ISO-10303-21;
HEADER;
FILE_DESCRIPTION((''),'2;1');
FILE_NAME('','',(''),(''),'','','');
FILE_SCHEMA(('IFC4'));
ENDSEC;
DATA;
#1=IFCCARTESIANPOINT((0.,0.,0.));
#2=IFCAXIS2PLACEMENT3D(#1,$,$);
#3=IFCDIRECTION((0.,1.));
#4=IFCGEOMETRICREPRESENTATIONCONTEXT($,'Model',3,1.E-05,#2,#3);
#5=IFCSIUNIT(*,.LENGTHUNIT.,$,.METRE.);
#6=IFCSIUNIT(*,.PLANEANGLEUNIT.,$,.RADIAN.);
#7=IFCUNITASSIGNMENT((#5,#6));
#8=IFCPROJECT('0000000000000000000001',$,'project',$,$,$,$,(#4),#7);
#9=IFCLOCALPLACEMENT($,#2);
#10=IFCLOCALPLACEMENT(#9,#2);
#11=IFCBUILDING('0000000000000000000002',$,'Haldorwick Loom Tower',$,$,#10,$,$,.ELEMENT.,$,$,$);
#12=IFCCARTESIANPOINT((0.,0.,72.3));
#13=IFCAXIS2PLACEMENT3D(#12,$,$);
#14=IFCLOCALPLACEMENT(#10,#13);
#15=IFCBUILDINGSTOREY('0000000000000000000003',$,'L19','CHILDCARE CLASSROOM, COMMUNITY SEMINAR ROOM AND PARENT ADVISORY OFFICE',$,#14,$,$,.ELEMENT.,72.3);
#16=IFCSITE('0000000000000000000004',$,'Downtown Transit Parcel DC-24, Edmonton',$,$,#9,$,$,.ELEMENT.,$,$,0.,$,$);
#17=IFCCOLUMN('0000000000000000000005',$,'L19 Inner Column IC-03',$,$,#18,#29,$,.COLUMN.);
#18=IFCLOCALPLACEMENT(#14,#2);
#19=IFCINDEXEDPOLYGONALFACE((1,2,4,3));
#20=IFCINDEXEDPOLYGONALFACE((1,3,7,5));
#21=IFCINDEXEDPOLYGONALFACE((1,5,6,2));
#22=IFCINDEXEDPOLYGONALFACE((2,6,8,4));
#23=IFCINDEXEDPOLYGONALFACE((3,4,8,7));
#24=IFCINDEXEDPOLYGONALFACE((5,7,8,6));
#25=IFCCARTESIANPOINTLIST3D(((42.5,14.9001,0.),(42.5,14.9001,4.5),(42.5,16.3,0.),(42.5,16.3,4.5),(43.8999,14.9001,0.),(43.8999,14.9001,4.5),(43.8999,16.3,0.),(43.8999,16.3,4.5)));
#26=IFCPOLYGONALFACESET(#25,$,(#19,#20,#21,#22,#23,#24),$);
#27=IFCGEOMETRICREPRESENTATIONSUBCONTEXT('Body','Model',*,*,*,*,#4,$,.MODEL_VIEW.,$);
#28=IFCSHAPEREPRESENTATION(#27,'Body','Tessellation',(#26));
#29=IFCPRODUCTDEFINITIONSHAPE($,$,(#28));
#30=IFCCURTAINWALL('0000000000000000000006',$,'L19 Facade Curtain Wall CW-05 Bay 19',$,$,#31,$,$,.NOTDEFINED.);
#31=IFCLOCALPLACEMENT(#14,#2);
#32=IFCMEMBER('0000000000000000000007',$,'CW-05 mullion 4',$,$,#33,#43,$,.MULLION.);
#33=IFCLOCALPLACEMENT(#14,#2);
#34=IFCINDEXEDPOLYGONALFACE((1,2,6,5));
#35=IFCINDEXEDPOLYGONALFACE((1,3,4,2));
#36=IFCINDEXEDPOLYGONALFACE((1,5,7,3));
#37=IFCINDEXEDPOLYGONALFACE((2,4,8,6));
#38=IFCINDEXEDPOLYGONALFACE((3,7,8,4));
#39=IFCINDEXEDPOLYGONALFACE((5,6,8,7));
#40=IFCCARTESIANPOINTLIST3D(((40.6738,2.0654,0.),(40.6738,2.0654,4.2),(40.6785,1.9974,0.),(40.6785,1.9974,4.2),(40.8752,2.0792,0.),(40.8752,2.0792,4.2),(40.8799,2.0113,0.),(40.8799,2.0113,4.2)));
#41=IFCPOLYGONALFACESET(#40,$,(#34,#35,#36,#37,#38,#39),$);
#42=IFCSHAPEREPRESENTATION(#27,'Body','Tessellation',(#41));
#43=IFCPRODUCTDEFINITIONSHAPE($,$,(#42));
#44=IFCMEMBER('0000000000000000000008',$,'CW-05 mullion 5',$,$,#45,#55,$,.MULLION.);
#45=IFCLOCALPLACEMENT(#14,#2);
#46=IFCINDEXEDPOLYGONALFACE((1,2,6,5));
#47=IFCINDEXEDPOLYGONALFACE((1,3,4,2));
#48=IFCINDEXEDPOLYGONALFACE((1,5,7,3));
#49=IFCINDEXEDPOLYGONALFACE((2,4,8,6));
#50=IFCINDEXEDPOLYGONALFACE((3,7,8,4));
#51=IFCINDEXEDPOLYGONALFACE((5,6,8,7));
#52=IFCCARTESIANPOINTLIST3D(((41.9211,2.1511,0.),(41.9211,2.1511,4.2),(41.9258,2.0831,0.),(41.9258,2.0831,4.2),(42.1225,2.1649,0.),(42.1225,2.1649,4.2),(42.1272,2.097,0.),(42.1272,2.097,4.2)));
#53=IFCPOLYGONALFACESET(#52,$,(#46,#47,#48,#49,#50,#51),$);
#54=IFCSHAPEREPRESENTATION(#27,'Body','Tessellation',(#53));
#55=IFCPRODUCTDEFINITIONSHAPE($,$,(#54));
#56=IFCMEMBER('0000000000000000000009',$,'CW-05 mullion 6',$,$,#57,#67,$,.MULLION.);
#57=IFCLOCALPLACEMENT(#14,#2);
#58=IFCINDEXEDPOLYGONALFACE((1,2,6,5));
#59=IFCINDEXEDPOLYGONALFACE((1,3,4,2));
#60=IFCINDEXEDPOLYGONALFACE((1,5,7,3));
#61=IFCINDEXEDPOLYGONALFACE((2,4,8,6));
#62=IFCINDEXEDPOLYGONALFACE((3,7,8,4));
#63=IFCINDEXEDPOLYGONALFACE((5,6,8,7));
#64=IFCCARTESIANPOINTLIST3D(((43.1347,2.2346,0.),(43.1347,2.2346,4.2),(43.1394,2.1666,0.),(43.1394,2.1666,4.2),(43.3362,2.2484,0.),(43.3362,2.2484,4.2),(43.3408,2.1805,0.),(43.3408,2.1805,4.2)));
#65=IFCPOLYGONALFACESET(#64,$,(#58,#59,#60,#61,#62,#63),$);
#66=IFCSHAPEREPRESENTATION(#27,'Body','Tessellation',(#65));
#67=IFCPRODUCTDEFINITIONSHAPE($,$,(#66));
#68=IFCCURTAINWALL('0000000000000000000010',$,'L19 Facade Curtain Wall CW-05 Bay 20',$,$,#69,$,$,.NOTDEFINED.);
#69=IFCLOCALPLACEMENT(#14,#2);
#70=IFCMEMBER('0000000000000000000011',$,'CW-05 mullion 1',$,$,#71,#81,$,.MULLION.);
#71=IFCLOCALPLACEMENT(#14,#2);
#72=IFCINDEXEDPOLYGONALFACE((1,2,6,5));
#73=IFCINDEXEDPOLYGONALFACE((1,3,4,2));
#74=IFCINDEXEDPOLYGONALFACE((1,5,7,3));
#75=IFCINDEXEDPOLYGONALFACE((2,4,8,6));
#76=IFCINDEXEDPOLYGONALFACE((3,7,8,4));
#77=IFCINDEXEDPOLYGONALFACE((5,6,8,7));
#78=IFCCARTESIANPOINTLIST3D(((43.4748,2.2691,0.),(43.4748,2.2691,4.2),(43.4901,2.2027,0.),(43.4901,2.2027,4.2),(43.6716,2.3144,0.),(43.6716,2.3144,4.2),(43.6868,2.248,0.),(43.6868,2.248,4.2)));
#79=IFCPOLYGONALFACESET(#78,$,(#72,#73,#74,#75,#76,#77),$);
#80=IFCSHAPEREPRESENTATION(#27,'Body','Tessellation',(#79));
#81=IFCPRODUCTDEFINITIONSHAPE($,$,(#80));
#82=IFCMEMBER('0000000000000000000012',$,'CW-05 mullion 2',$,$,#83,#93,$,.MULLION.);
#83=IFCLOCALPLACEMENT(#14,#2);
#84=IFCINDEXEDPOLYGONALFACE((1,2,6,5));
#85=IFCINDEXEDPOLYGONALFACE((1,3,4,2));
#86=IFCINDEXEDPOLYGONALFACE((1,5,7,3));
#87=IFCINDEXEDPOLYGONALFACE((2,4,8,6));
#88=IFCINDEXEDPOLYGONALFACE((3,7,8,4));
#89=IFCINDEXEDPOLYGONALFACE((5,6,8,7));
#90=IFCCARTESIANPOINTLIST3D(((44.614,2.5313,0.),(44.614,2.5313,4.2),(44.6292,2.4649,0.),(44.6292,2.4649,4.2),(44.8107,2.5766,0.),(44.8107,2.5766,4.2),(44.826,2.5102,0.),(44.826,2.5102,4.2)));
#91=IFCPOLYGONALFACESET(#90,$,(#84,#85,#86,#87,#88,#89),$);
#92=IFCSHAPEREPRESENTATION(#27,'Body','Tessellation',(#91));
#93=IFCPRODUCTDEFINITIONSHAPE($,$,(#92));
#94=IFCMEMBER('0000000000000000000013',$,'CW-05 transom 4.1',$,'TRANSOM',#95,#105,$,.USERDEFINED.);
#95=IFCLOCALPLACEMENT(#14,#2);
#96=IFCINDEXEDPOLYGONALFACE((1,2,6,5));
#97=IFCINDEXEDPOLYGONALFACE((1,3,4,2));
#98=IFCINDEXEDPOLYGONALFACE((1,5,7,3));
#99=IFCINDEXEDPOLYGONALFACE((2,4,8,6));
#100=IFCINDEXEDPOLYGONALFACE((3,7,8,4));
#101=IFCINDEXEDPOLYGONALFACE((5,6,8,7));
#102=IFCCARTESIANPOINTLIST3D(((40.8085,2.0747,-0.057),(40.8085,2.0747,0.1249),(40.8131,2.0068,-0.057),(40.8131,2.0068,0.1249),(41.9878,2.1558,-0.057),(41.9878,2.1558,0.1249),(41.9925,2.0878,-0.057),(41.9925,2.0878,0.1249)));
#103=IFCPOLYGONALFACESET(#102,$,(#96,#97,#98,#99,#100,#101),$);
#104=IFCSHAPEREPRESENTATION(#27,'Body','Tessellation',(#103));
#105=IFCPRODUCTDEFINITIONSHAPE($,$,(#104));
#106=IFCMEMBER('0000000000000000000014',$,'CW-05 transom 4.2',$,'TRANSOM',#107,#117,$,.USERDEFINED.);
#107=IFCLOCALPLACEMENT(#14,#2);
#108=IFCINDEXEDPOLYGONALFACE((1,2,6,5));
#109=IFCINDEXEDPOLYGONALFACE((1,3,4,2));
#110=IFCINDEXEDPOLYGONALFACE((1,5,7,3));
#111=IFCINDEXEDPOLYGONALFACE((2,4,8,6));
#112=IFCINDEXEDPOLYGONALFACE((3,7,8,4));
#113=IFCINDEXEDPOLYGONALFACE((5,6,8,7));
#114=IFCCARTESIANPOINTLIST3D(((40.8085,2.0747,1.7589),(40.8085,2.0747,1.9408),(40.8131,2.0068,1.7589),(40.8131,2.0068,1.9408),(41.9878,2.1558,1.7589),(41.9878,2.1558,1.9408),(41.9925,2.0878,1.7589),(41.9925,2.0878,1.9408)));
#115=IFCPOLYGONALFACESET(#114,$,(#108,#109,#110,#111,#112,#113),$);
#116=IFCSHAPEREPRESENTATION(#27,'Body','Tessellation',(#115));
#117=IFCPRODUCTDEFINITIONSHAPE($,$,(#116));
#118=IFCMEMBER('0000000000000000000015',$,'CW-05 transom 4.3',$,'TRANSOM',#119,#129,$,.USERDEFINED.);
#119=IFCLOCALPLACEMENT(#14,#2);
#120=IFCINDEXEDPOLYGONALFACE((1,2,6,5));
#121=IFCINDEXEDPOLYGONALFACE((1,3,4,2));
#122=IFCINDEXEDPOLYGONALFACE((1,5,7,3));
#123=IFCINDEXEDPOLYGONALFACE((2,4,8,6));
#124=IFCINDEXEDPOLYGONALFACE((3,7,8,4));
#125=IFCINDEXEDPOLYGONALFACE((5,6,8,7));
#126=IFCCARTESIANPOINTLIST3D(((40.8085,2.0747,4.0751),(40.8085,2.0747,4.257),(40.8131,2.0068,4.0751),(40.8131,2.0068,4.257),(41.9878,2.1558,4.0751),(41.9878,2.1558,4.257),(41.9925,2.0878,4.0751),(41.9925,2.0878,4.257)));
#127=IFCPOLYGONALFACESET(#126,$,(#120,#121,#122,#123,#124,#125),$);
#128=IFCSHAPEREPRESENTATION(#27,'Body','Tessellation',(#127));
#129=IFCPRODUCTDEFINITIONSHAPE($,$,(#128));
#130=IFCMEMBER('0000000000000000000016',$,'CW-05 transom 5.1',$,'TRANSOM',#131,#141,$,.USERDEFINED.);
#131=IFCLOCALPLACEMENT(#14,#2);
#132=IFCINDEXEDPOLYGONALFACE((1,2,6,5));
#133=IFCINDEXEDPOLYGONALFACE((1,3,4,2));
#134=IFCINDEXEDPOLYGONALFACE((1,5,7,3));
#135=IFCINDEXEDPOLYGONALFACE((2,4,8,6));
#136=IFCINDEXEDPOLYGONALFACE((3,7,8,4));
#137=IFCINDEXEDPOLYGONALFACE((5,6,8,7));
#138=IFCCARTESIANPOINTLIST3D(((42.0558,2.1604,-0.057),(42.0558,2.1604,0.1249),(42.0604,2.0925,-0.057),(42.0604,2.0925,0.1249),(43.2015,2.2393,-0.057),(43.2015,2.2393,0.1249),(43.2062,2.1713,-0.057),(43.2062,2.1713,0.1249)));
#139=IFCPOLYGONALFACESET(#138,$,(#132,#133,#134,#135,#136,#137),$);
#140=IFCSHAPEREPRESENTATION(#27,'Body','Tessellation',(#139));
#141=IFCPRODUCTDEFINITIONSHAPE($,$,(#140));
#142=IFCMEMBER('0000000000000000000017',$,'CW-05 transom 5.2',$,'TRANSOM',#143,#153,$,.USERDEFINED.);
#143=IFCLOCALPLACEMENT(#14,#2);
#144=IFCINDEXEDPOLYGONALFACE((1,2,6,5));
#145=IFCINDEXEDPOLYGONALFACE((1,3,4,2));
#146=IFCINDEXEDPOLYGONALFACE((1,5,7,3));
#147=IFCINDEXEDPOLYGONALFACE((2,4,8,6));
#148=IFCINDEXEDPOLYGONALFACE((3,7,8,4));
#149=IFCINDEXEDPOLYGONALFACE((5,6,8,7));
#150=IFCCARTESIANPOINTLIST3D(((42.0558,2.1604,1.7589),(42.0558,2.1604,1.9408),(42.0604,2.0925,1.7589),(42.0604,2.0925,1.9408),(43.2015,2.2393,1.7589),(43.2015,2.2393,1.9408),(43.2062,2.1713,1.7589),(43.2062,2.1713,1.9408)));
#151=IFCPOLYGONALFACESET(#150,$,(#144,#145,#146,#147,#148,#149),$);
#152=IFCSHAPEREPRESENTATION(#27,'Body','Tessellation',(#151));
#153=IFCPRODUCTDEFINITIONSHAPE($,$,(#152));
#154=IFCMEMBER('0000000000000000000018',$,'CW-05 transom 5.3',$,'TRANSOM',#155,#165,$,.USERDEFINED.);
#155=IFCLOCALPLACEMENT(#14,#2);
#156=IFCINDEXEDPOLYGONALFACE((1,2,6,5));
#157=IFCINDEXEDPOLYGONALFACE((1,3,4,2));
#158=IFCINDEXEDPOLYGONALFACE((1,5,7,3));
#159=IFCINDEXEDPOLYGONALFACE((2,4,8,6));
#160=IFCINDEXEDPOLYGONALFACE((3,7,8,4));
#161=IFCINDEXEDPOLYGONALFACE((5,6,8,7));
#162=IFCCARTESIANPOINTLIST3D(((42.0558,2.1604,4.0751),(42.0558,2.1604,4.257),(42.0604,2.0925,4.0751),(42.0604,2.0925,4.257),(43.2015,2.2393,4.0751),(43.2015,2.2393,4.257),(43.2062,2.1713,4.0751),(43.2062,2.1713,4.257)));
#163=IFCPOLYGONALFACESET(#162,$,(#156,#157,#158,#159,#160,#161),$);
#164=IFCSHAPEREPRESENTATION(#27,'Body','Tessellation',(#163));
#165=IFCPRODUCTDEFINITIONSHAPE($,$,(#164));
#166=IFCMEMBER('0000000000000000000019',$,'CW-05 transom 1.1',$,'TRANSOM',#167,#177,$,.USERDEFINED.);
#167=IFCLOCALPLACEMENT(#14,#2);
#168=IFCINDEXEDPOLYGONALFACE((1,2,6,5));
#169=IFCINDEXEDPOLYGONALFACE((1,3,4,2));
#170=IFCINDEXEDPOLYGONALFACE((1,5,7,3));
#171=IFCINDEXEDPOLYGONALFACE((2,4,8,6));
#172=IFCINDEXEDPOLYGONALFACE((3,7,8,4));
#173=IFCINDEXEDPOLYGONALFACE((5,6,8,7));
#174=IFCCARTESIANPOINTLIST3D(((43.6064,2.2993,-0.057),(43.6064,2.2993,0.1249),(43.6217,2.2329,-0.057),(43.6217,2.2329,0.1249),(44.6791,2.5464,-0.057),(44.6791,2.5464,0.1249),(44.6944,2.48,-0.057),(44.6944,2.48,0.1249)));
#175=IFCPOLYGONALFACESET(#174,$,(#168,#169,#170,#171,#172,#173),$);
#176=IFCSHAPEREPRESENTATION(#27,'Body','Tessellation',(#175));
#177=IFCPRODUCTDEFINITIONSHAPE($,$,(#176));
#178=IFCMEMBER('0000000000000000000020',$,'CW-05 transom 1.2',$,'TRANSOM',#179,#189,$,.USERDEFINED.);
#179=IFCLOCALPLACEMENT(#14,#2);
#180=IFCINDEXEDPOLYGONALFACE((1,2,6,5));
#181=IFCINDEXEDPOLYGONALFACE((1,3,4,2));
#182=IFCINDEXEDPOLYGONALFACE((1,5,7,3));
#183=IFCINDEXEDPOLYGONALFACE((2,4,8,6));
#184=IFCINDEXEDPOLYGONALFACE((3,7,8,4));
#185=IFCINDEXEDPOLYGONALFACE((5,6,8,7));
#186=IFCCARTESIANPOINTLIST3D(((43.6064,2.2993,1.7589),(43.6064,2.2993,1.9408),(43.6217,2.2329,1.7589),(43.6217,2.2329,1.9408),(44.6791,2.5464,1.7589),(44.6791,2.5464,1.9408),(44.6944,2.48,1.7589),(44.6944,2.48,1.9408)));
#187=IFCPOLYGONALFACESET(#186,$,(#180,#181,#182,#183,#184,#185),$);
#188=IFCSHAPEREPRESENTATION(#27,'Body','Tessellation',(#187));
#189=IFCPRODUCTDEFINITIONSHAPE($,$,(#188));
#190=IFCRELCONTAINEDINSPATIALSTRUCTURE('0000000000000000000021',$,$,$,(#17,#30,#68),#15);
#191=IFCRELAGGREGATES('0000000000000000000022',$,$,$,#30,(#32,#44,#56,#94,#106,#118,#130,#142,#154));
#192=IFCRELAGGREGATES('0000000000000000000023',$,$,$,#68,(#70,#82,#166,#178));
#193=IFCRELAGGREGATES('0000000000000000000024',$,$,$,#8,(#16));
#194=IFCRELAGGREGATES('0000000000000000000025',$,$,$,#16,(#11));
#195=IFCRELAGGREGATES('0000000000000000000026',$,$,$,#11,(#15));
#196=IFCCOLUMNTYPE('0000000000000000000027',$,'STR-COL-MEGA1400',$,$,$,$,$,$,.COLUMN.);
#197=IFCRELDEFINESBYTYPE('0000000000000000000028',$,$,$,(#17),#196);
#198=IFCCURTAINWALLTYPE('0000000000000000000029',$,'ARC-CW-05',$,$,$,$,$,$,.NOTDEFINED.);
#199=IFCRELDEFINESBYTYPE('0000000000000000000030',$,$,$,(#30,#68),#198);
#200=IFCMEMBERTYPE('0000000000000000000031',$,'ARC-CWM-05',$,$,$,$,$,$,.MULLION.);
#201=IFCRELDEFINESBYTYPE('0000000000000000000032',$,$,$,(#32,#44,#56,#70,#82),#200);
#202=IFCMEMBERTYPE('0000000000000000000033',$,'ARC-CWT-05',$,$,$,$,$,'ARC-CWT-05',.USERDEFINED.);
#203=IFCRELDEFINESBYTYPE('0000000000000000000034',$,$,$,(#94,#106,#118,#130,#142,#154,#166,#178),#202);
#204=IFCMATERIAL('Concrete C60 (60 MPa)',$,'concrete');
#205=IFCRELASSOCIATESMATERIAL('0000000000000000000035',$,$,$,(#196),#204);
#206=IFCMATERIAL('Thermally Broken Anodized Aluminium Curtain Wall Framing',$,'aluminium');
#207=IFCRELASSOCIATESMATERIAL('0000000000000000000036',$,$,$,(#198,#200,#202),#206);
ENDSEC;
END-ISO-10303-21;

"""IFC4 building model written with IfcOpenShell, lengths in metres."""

from ifc_helpers import new_model, si_unit, direction, frame, origin, origin_2d, place, context, subcontext, project, spatial, rectangle, extrude, material, material_profile, profile_set, type_object, element, aggregate, save


model = new_model("IFC4")

# Units and contexts
model_context = context("Model", 3, precision=1e-05, world=origin(), true_north=direction((0.0, 1.0)))
body_context = subcontext(model_context, "Body", "Model", "MODEL_VIEW")
ifc_project = project(units=[si_unit("LENGTHUNIT", "METRE"), si_unit("PLANEANGLEUNIT", "RADIAN")], contexts=[model_context])

# Site, building, storey
site_placement = place(None, origin())
site = spatial("IfcSite", under=ifc_project, at=site_placement, Name="Downtown Transit Parcel DC-24, Edmonton", CompositionType="ELEMENT", RefElevation=0.0)
building_placement = place(site_placement, origin())
building = spatial("IfcBuilding", under=site, at=building_placement, Name="Haldorwick Loom Tower", CompositionType="ELEMENT")
storey_placement = place(building_placement, frame((0.0, 0.0, 72.3)))
storey = spatial("IfcBuildingStorey", under=building, at=storey_placement, Name="L19", Description="CHILDCARE CLASSROOM, COMMUNITY SEMINAR ROOM AND PARENT ADVISORY OFFICE", CompositionType="ELEMENT", Elevation=72.3)

# Column
ifc_material_1 = material(Name="Concrete C60 (60 MPa)", Category="concrete")
ifc_material_profile_1 = material_profile(ifc_material_1, rectangle(XDim=1.3999, YDim=1.3999, at=origin_2d()), Name="RC1400X1400", Category="concrete")
ifc_profile_set_1 = profile_set([ifc_material_profile_1], Name="Concrete C60 (60 MPa)")
column_type = type_object("IfcColumnType", Name="STR-COL-MEGA1400", PredefinedType="COLUMN", material=ifc_profile_set_1)
column_placement = place(storey_placement, frame((43.2, 15.6001, 0.0), z_axis=(0.0, 0.0, 1.0), x_axis=(1.0, 0.0, 0.0)))
element("IfcColumn", 1, at=column_placement, inside=storey, type_object=column_type, Name="L19 Inner Column IC-03", PredefinedType="COLUMN", context=body_context, shape_type="SweptSolid", body=[
    extrude(rectangle(XDim=1.3999, YDim=1.3999, at=origin_2d()), origin(), (0.0, 0.0, 1.0), 4.5),
])

# Curtain walls, members
ifc_material_2 = material(Name="Thermally Broken Anodized Aluminium Curtain Wall Framing", Category="aluminium")
curtain_wall_type = type_object("IfcCurtainWallType", Name="ARC-CW-05", PredefinedType="NOTDEFINED", material=ifc_material_2)
curtain_wall_1_placement = place(storey_placement, origin())
curtain_wall_1 = element("IfcCurtainWall", 2, at=curtain_wall_1_placement, inside=storey, type_object=curtain_wall_type, Name="L19 Facade Curtain Wall CW-05 Bay 19", PredefinedType="NOTDEFINED")
ifc_material_profile_2 = material_profile(ifc_material_2, rectangle(XDim=0.0681, YDim=0.2019, at=origin_2d()), Name="ALU_MUL_68X202", Category="aluminium")
ifc_profile_set_2 = profile_set([ifc_material_profile_2], Name="Thermally Broken Anodized Aluminium Curtain Wall Framing")
member_type_1 = type_object("IfcMemberType", Name="ARC-CWM-05", PredefinedType="MULLION", material=ifc_profile_set_2)
member_1_placement = place(storey_placement, frame((40.7769, 2.0383, 0.0), z_axis=(0.0, 0.0, 1.0), x_axis=(-0.068589, 0.997645, 0.0)))
member_1 = element("IfcMember", 3, at=member_1_placement, type_object=member_type_1, Name="CW-05 mullion 4", PredefinedType="MULLION", context=body_context, shape_type="SweptSolid", body=[
    extrude(rectangle(XDim=0.0681, YDim=0.2019, at=origin_2d()), origin(), (0.0, 0.0, 1.0), 4.2),
])
member_2_placement = place(storey_placement, frame((42.0242, 2.124, 0.0), z_axis=(0.0, 0.0, 1.0), x_axis=(-0.068589, 0.997645, 0.0)))
member_2 = element("IfcMember", 4, at=member_2_placement, type_object=member_type_1, Name="CW-05 mullion 5", PredefinedType="MULLION", context=body_context, shape_type="SweptSolid", body=[
    extrude(rectangle(XDim=0.0681, YDim=0.2019, at=origin_2d()), origin(), (0.0, 0.0, 1.0), 4.2),
])
member_3_placement = place(storey_placement, frame((43.2378, 2.2075, 0.0), z_axis=(0.0, 0.0, 1.0), x_axis=(-0.068589, 0.997645, 0.0)))
member_3 = element("IfcMember", 5, at=member_3_placement, type_object=member_type_1, Name="CW-05 mullion 6", PredefinedType="MULLION", context=body_context, shape_type="SweptSolid", body=[
    extrude(rectangle(XDim=0.0681, YDim=0.2019, at=origin_2d()), origin(), (0.0, 0.0, 1.0), 4.2),
])
curtain_wall_2_placement = place(storey_placement, origin())
curtain_wall_2 = element("IfcCurtainWall", 6, at=curtain_wall_2_placement, inside=storey, type_object=curtain_wall_type, Name="L19 Facade Curtain Wall CW-05 Bay 20", PredefinedType="NOTDEFINED")
member_4_placement = place(storey_placement, frame((43.5808, 2.2585, 0.0), z_axis=(0.0, 0.0, 1.0), x_axis=(-0.224289, 0.974523, 0.0)))
member_4 = element("IfcMember", 7, at=member_4_placement, type_object=member_type_1, Name="CW-05 mullion 1", PredefinedType="MULLION", context=body_context, shape_type="SweptSolid", body=[
    extrude(rectangle(XDim=0.0681, YDim=0.2019, at=origin_2d()), origin(), (0.0, 0.0, 1.0), 4.2),
])
member_5_placement = place(storey_placement, frame((44.72, 2.5208, 0.0), z_axis=(0.0, 0.0, 1.0), x_axis=(-0.224289, 0.974523, 0.0)))
member_5 = element("IfcMember", 8, at=member_5_placement, type_object=member_type_1, Name="CW-05 mullion 2", PredefinedType="MULLION", context=body_context, shape_type="SweptSolid", body=[
    extrude(rectangle(XDim=0.0681, YDim=0.2019, at=origin_2d()), origin(), (0.0, 0.0, 1.0), 4.2),
])

# Members
ifc_material_profile_3 = material_profile(ifc_material_2, rectangle(XDim=0.0681, YDim=0.1819, at=origin_2d()), Name="ALU_TRN_68X182", Category="aluminium")
ifc_profile_set_3 = profile_set([ifc_material_profile_3], Name="Thermally Broken Anodized Aluminium Curtain Wall Framing")
member_type_2 = type_object("IfcMemberType", Name="ARC-CWT-05", ElementType="ARC-CWT-05", PredefinedType="USERDEFINED", material=ifc_profile_set_3)
member_6_placement = place(storey_placement, frame((40.8108, 2.0408, 0.0339), z_axis=(0.997647, 0.068561, 0.0), x_axis=(-0.068561, 0.997647, 0.0)))
member_6 = element("IfcMember", 9, at=member_6_placement, type_object=member_type_2, Name="CW-05 transom 4.1", ObjectType="TRANSOM", PredefinedType="USERDEFINED", context=body_context, shape_type="SweptSolid", body=[
    extrude(rectangle(XDim=0.0681, YDim=0.1819, at=origin_2d()), origin(), (0.0, 0.0, 1.0), 1.1821),
])
member_7_placement = place(storey_placement, frame((40.8108, 2.0408, 1.8499), z_axis=(0.997647, 0.068561, 0.0), x_axis=(-0.068561, 0.997647, 0.0)))
member_7 = element("IfcMember", 10, at=member_7_placement, type_object=member_type_2, Name="CW-05 transom 4.2", ObjectType="TRANSOM", PredefinedType="USERDEFINED", context=body_context, shape_type="SweptSolid", body=[
    extrude(rectangle(XDim=0.0681, YDim=0.1819, at=origin_2d()), origin(), (0.0, 0.0, 1.0), 1.1821),
])
member_8_placement = place(storey_placement, frame((40.8108, 2.0408, 4.166), z_axis=(0.997647, 0.068561, 0.0), x_axis=(-0.068561, 0.997647, 0.0)))
member_8 = element("IfcMember", 11, at=member_8_placement, type_object=member_type_2, Name="CW-05 transom 4.3", ObjectType="TRANSOM", PredefinedType="USERDEFINED", context=body_context, shape_type="SweptSolid", body=[
    extrude(rectangle(XDim=0.0681, YDim=0.1819, at=origin_2d()), origin(), (0.0, 0.0, 1.0), 1.1821),
])
member_9_placement = place(storey_placement, frame((42.0581, 2.1265, 0.0339), z_axis=(0.99764, 0.068663, 0.0), x_axis=(-0.068663, 0.99764, 0.0)))
member_9 = element("IfcMember", 12, at=member_9_placement, type_object=member_type_2, Name="CW-05 transom 5.1", ObjectType="TRANSOM", PredefinedType="USERDEFINED", context=body_context, shape_type="SweptSolid", body=[
    extrude(rectangle(XDim=0.0681, YDim=0.1819, at=origin_2d()), origin(), (0.0, 0.0, 1.0), 1.1484),
])
member_10_placement = place(storey_placement, frame((42.0581, 2.1265, 1.8499), z_axis=(0.99764, 0.068663, 0.0), x_axis=(-0.068663, 0.99764, 0.0)))
member_10 = element("IfcMember", 13, at=member_10_placement, type_object=member_type_2, Name="CW-05 transom 5.2", ObjectType="TRANSOM", PredefinedType="USERDEFINED", context=body_context, shape_type="SweptSolid", body=[
    extrude(rectangle(XDim=0.0681, YDim=0.1819, at=origin_2d()), origin(), (0.0, 0.0, 1.0), 1.1484),
])
member_11_placement = place(storey_placement, frame((42.0581, 2.1265, 4.166), z_axis=(0.99764, 0.068663, 0.0), x_axis=(-0.068663, 0.99764, 0.0)))
member_11 = element("IfcMember", 14, at=member_11_placement, type_object=member_type_2, Name="CW-05 transom 5.3", ObjectType="TRANSOM", PredefinedType="USERDEFINED", context=body_context, shape_type="SweptSolid", body=[
    extrude(rectangle(XDim=0.0681, YDim=0.1819, at=origin_2d()), origin(), (0.0, 0.0, 1.0), 1.1484),
])
member_12_placement = place(storey_placement, frame((43.614, 2.2661, 0.0339), z_axis=(0.974488, 0.224438, 0.0), x_axis=(-0.224438, 0.974488, 0.0)))
member_12 = element("IfcMember", 15, at=member_12_placement, type_object=member_type_2, Name="CW-05 transom 1.1", ObjectType="TRANSOM", PredefinedType="USERDEFINED", context=body_context, shape_type="SweptSolid", body=[
    extrude(rectangle(XDim=0.0681, YDim=0.1819, at=origin_2d()), origin(), (0.0, 0.0, 1.0), 1.1008),
])
member_13_placement = place(storey_placement, frame((43.614, 2.2661, 1.8499), z_axis=(0.974488, 0.224438, 0.0), x_axis=(-0.224438, 0.974488, 0.0)))
member_13 = element("IfcMember", 16, at=member_13_placement, type_object=member_type_2, Name="CW-05 transom 1.2", ObjectType="TRANSOM", PredefinedType="USERDEFINED", context=body_context, shape_type="SweptSolid", body=[
    extrude(rectangle(XDim=0.0681, YDim=0.1819, at=origin_2d()), origin(), (0.0, 0.0, 1.0), 1.1008),
])

aggregate(curtain_wall_1, [member_1, member_2, member_3, member_6, member_7, member_8, member_9, member_10, member_11])
aggregate(curtain_wall_2, [member_4, member_5, member_12, member_13])

save(model, "model.ifc")
